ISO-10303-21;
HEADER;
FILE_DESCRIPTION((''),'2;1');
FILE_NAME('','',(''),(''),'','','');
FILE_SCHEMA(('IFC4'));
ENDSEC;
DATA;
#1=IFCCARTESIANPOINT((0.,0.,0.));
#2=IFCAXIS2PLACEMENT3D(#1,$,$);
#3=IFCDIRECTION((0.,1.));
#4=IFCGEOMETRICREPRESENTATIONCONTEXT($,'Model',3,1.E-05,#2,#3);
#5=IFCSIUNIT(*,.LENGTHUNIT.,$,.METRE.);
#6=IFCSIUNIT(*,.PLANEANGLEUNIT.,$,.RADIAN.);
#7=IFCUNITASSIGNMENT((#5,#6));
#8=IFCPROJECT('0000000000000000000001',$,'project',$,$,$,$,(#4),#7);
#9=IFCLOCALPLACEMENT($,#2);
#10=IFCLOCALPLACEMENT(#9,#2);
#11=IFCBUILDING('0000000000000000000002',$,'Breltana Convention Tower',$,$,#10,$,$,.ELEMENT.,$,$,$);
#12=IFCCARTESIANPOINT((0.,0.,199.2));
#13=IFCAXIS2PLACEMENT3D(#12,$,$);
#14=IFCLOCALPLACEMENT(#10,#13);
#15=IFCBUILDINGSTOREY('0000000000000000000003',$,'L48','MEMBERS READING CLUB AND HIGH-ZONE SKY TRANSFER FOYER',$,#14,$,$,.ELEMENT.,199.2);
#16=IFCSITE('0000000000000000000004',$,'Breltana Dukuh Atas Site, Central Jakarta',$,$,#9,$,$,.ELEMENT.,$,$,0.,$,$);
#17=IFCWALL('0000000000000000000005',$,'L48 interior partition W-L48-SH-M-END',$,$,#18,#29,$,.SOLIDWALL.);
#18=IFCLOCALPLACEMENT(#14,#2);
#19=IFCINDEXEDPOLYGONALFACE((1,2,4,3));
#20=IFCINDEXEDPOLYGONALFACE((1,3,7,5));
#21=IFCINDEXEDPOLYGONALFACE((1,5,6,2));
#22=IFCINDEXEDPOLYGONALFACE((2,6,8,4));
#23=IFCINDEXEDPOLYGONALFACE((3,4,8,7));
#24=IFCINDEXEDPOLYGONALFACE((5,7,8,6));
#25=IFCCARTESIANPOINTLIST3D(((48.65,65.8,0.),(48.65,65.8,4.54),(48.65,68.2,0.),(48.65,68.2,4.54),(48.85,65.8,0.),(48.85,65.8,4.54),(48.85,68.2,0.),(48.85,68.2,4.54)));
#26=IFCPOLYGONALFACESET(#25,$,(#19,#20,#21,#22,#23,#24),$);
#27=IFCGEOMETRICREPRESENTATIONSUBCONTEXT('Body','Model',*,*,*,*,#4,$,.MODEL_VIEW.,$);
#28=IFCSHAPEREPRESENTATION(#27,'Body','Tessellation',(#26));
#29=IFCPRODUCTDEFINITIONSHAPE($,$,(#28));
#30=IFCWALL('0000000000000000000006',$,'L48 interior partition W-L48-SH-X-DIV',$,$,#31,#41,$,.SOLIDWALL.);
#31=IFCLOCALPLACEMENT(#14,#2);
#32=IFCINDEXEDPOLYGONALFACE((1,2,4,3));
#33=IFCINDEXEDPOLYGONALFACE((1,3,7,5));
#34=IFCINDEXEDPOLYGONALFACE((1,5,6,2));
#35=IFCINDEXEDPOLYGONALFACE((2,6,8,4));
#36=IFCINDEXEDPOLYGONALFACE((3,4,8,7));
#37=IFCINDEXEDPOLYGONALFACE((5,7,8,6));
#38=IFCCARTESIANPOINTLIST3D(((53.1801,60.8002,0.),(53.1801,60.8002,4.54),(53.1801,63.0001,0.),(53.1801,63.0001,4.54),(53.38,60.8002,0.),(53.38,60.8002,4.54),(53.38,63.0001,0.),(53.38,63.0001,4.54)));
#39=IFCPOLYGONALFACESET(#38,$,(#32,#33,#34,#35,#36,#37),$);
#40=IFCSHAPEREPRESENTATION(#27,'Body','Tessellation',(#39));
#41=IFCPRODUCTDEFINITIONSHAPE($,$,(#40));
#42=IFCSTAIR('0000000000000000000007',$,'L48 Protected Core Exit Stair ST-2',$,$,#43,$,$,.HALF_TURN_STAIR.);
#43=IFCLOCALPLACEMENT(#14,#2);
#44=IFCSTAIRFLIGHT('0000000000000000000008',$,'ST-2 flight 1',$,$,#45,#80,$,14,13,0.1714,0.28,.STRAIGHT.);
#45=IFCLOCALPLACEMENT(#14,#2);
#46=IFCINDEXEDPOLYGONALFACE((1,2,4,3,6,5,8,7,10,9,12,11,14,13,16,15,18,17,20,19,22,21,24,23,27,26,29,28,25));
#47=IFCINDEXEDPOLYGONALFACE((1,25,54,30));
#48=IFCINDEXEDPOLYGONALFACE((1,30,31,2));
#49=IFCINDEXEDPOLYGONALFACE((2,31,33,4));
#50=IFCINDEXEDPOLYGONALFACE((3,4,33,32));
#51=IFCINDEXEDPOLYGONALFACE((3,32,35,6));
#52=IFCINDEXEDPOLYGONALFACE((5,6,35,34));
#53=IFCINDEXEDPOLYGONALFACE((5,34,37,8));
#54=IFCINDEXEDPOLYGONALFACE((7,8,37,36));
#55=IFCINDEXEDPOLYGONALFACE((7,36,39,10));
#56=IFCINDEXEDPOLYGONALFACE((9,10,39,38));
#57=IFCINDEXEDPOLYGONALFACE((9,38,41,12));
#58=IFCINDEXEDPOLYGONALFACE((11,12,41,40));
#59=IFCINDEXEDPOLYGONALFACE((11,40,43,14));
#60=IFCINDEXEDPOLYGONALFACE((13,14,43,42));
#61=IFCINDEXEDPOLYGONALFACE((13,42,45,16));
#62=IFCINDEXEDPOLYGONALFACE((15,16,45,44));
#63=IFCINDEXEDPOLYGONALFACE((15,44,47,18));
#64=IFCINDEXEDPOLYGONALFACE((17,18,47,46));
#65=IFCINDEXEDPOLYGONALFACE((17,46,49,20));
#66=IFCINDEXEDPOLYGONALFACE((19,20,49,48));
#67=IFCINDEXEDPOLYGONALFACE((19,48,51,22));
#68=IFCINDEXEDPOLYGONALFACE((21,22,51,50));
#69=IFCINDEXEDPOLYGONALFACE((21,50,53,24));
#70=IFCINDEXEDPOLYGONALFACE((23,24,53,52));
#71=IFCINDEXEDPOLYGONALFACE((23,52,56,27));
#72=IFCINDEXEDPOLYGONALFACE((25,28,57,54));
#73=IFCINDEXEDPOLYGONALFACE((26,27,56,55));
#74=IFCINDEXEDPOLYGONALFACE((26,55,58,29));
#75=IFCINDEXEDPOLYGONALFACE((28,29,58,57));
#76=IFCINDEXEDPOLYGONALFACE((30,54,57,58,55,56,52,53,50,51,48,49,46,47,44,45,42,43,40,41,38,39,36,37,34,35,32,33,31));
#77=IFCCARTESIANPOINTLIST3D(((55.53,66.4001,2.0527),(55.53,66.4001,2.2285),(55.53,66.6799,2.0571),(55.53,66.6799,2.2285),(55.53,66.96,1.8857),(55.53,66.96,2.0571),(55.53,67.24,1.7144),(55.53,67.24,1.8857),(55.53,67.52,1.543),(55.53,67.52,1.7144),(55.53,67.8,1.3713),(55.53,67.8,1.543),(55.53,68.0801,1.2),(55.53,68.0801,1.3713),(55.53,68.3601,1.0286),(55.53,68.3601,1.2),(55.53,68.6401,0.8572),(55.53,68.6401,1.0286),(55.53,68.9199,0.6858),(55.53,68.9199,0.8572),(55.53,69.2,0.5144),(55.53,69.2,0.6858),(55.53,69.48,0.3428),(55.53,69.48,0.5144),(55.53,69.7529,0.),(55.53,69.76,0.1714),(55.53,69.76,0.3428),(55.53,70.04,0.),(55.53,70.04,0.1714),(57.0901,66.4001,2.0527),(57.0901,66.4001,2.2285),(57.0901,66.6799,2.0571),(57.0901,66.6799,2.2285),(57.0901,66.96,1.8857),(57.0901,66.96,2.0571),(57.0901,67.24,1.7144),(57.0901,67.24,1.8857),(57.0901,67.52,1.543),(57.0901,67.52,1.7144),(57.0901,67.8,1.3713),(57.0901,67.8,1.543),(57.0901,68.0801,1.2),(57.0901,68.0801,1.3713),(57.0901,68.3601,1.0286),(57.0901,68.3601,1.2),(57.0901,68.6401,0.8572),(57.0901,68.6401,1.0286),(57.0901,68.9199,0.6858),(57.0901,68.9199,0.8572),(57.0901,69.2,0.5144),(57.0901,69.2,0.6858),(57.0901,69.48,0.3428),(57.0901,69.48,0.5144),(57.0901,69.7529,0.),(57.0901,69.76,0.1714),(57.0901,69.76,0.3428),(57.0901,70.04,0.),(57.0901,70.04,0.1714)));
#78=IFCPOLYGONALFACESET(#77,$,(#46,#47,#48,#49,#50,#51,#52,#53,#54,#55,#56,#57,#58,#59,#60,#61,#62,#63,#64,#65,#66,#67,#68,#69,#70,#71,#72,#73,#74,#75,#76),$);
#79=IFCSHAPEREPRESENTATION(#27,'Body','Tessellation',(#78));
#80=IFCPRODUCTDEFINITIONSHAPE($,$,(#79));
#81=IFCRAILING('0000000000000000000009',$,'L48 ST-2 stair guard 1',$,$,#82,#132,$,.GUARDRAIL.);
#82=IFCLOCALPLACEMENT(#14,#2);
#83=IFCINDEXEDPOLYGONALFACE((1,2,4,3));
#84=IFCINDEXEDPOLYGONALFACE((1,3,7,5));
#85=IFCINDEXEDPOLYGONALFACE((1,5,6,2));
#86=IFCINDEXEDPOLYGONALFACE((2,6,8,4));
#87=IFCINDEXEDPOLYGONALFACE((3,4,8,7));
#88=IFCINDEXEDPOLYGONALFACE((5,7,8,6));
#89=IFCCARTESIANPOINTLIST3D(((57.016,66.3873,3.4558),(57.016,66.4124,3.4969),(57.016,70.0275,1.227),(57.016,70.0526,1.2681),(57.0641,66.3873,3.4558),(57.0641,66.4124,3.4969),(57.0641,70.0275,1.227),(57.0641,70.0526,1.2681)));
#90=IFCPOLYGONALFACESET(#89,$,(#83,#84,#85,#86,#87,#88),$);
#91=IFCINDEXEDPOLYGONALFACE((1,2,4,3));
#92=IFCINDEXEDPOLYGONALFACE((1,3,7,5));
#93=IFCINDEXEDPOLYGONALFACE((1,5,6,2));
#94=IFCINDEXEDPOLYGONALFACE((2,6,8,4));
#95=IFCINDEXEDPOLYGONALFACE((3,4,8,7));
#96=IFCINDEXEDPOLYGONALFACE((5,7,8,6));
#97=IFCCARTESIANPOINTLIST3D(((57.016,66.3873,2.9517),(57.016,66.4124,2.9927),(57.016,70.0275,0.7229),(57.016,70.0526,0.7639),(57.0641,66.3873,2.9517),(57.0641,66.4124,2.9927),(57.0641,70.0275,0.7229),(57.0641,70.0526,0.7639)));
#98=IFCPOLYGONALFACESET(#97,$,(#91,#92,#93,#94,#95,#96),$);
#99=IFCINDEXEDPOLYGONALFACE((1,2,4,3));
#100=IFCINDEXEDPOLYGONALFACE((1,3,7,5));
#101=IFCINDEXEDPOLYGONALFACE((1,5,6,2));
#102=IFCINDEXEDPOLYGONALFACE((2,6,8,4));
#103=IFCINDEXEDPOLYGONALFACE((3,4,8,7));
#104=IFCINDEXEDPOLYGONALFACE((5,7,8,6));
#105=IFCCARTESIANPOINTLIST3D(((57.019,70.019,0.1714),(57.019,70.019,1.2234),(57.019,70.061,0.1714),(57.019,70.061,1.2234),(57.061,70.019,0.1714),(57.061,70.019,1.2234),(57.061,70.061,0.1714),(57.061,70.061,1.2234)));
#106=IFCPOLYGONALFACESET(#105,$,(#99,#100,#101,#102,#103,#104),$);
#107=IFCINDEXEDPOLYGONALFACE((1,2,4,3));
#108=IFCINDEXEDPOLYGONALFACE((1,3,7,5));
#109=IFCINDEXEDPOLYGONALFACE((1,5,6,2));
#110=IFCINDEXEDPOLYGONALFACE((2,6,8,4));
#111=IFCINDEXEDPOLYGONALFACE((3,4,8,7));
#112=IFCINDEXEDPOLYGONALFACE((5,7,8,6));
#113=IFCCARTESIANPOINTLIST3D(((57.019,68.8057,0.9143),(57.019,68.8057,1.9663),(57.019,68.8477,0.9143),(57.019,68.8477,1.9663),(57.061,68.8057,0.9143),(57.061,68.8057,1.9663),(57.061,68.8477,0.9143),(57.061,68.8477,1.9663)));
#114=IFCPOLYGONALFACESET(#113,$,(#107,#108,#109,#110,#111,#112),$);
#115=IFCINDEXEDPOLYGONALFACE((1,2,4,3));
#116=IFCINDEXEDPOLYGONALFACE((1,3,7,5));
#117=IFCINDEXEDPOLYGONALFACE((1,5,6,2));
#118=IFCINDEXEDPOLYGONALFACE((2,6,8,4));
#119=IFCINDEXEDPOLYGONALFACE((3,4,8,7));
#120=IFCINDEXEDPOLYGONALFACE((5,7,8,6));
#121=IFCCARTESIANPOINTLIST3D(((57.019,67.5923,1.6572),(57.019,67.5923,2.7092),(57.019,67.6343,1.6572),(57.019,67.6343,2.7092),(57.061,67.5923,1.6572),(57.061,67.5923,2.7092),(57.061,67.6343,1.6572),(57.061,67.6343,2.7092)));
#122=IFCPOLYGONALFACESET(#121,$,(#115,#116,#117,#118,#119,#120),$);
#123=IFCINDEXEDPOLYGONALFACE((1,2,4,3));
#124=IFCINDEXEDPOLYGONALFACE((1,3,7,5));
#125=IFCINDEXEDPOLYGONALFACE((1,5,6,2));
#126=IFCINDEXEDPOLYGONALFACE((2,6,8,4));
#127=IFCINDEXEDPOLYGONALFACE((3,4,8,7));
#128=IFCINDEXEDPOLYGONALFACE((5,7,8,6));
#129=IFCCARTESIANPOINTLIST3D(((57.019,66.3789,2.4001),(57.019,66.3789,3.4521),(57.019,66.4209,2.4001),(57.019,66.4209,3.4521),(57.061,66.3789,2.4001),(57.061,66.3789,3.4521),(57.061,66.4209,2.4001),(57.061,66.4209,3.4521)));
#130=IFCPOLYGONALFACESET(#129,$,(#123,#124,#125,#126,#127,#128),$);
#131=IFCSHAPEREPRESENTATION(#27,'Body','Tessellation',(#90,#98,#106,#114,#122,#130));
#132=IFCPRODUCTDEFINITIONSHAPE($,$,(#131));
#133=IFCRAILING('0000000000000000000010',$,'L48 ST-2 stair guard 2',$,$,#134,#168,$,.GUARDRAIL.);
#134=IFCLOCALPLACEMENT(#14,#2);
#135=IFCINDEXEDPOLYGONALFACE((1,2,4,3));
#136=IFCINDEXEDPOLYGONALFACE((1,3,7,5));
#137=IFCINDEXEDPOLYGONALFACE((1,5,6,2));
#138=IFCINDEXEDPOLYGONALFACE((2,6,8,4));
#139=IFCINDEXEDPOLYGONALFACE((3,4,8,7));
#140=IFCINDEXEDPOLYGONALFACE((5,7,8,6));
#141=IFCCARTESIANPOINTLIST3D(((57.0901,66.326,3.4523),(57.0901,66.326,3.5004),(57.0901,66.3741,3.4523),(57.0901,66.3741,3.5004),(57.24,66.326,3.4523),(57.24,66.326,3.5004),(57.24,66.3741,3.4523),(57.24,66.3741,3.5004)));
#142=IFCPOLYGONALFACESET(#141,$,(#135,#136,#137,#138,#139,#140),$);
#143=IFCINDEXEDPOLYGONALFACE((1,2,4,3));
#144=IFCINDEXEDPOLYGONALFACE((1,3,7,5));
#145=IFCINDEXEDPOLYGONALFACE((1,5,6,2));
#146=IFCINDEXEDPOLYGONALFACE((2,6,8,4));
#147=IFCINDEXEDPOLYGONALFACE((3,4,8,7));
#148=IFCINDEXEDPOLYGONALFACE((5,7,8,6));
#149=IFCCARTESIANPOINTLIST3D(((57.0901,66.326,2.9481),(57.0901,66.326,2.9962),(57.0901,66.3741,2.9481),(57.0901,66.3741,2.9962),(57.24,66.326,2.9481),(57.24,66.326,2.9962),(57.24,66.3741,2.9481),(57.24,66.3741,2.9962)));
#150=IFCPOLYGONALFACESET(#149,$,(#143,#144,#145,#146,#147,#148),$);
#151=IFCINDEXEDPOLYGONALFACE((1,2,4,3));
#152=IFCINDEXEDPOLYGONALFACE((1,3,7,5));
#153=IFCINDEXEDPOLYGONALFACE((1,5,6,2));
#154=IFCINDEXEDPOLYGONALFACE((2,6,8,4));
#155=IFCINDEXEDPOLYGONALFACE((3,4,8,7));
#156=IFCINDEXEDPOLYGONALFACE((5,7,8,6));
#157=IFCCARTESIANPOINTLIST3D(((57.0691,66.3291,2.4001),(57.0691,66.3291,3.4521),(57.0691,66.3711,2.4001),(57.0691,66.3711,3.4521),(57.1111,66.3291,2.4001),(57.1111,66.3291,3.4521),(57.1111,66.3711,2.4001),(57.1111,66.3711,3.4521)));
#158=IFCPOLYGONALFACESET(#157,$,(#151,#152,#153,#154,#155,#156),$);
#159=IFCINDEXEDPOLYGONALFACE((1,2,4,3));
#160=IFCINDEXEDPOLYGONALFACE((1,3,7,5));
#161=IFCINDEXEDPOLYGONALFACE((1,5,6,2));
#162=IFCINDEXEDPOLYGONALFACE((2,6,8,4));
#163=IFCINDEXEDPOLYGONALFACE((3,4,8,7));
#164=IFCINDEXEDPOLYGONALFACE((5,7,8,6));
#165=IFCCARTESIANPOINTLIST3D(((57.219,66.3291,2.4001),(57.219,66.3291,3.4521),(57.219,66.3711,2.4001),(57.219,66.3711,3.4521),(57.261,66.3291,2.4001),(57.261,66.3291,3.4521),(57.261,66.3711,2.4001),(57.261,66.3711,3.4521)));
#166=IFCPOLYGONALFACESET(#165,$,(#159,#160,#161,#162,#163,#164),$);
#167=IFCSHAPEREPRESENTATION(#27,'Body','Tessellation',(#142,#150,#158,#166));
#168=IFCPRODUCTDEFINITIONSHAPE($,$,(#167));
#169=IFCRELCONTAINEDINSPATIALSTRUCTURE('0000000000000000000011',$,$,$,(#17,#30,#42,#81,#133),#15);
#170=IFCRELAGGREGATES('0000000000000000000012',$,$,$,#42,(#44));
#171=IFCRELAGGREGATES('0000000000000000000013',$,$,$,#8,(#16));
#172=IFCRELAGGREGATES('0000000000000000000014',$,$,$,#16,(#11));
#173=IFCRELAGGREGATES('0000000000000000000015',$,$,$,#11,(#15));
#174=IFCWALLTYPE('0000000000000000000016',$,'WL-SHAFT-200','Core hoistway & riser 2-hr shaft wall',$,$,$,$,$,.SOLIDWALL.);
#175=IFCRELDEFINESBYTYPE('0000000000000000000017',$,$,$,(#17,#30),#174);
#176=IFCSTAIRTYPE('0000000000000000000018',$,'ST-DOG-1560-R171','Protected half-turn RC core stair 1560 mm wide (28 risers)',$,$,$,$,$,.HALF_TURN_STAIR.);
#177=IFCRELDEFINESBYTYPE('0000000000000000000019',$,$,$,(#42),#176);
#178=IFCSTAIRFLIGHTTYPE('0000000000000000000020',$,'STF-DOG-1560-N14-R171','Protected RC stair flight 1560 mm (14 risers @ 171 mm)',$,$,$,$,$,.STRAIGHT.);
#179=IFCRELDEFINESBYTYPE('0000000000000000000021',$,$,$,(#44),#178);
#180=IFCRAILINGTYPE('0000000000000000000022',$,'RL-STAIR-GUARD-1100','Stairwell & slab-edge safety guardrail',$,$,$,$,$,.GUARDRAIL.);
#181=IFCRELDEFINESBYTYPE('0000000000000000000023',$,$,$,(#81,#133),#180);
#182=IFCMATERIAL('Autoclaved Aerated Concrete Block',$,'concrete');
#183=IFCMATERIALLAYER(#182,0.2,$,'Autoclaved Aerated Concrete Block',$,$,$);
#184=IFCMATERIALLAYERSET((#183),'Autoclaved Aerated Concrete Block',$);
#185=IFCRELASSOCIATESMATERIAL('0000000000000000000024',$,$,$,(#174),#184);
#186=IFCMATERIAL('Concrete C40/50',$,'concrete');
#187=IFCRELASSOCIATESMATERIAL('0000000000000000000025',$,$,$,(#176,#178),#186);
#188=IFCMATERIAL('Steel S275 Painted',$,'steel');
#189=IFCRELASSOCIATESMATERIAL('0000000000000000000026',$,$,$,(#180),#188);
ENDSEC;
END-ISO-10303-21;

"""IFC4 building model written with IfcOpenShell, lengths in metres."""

from ifc_helpers import new_model, si_unit, direction, frame, frame_2d, origin, origin_2d, place, context, subcontext, project, spatial, polyline, rectangle, outline, extrude, source, transform, mapped, material, layer, layer_set, type_object, element, aggregate, save


model = new_model("IFC4")

# Units and contexts
model_context = context("Model", 3, precision=1e-05, world=origin(), true_north=direction((0.0, 1.0)))
body_context = subcontext(model_context, "Body", "Model", "MODEL_VIEW")
ifc_project = project(units=[si_unit("LENGTHUNIT", "METRE"), si_unit("PLANEANGLEUNIT", "RADIAN")], contexts=[model_context])

# Site, building, storey
site_placement = place(None, origin())
site = spatial("IfcSite", under=ifc_project, at=site_placement, Name="Breltana Dukuh Atas Site, Central Jakarta", CompositionType="ELEMENT", RefElevation=0.0)
building_placement = place(site_placement, origin())
building = spatial("IfcBuilding", under=site, at=building_placement, Name="Breltana Convention Tower", CompositionType="ELEMENT")
storey_placement = place(building_placement, frame((0.0, 0.0, 199.2)))
storey = spatial("IfcBuildingStorey", under=building, at=storey_placement, Name="L48", Description="MEMBERS READING CLUB AND HIGH-ZONE SKY TRANSFER FOYER", CompositionType="ELEMENT", Elevation=199.2)

# Shared definitions
ifc_material_1 = material(Name="Autoclaved Aerated Concrete Block", Category="concrete")
ifc_layer_1 = layer(ifc_material_1, 0.2, Name="Autoclaved Aerated Concrete Block")
ifc_layer_set_1 = layer_set([ifc_layer_1], Name="Autoclaved Aerated Concrete Block")
wall_type_1 = type_object("IfcWallType", Name="WL-SHAFT-200", Description="Core hoistway & riser 2-hr shaft wall", PredefinedType="SOLIDWALL", material=ifc_layer_set_1)

# Wall
shared_shape_1 = source(origin(), body_context, "Body", "SweptSolid", [
    extrude(rectangle(XDim=2.3999, YDim=0.2, at=frame_2d((1.2, 0.0))), origin(), (0.0, 0.0, 1.0), 4.54),
])
for number, where, z_axis, x_axis, name in (
    (1, (48.75, 65.8, 0.0), (0.0, 0.0, 1.0), (0.0, 1.0, 0.0), "L48 interior partition W-L48-SH-M-END"),
):
    element("IfcWall", number, at=place(storey_placement, frame(where, z_axis=z_axis, x_axis=x_axis)), inside=storey, type_object=wall_type_1, Name=name, PredefinedType="SOLIDWALL", context=body_context, shape_type="MappedRepresentation", body=[
        mapped(shared_shape_1, transform((0.0, 0.0, 0.0), scale=1.0)),
    ])

# Wall
shared_shape_2 = source(origin(), body_context, "Body", "SweptSolid", [
    extrude(rectangle(XDim=2.2, YDim=0.2, at=frame_2d((1.1001, 0.0))), origin(), (0.0, 0.0, 1.0), 4.54),
])
wall_1_placement = place(storey_placement, frame((53.28, 60.8, 0.0), z_axis=(0.0, 0.0, 1.0), x_axis=(0.0, 1.0, 0.0)))
element("IfcWall", 2, at=wall_1_placement, inside=storey, type_object=wall_type_1, Name="L48 interior partition W-L48-SH-X-DIV", PredefinedType="SOLIDWALL", context=body_context, shape_type="MappedRepresentation", body=[
    mapped(shared_shape_2, transform((0.0, 0.0, 0.0), scale=1.0)),
])

# Stair, stair flight
ifc_material_2 = material(Name="Concrete C40/50", Category="concrete")
stair_type = type_object("IfcStairType", Name="ST-DOG-1560-R171", Description="Protected half-turn RC core stair 1560 mm wide (28 risers)", PredefinedType="HALF_TURN_STAIR", material=ifc_material_2)
stair_placement = place(storey_placement, origin())
stair = element("IfcStair", 3, at=stair_placement, inside=storey, type_object=stair_type, Name="L48 Protected Core Exit Stair ST-2", PredefinedType="HALF_TURN_STAIR")
stair_flight_type = type_object("IfcStairFlightType", Name="STF-DOG-1560-N14-R171", Description="Protected RC stair flight 1560 mm (14 risers @ 171 mm)", PredefinedType="STRAIGHT", material=ifc_material_2)
stair_flight_placement = place(storey_placement, frame((56.3101, 70.04, 0.0), z_axis=(0.0, 0.0, 1.0), x_axis=(0.0, -1.0, 0.0)))
stair_flight = element("IfcStairFlight", 4, at=stair_flight_placement, type_object=stair_flight_type, Name="ST-2 flight 1", NumberOfRisers=14, NumberOfTreads=13, PredefinedType="STRAIGHT", RiserHeight=0.1714, TreadLength=0.28, context=body_context, shape_type="SweptSolid", body=[
    extrude(outline(polyline([(0.0, 0.0), (0.0, 0.1714), (0.28, 0.1714), (0.28, 0.3428), (0.5601, 0.3428), (0.5601, 0.5144), (0.8401, 0.5144), (0.8401, 0.6858), (1.1201, 0.6858), (1.1201, 0.8572), (1.3999, 0.8572), (1.3999, 1.0286), (1.6799, 1.0286), (1.6799, 1.2), (1.96, 1.2), (1.96, 1.3713), (2.24, 1.3713), (2.24, 1.543), (2.52, 1.543), (2.52, 1.7144), (2.8, 1.7144), (2.8, 1.8857), (3.0801, 1.8857), (3.0801, 2.0571), (3.3601, 2.0571), (3.3601, 2.2285), (3.6399, 2.2285), (3.6399, 2.3999), (3.6399, 2.0527), (0.2871, 0.0), (0.0, 0.0)])), frame((0.0, 0.78, 0.0), z_axis=(0.0, -1.0, 0.0), x_axis=(1.0, 0.0, 0.0)), (0.0, 0.0, 1.0), 1.5601),
])
aggregate(stair, [stair_flight])

# Railings
ifc_material_3 = material(Name="Steel S275 Painted", Category="steel")
railing_type_1 = type_object("IfcRailingType", Name="RL-STAIR-GUARD-1100", Description="Stairwell & slab-edge safety guardrail", PredefinedType="GUARDRAIL", material=ifc_material_3)
railing_1_placement = place(storey_placement, frame((57.04, 70.04, 0.1714)))
element("IfcRailing", 5, at=railing_1_placement, inside=storey, type_object=railing_type_1, Name="L48 ST-2 stair guard 1", PredefinedType="GUARDRAIL", context=body_context, shape_type="SweptSolid", body=[
    extrude(rectangle(XDim=0.0481, YDim=0.0481, at=origin_2d()), frame((0.0, 0.0, 1.0762), z_axis=(0.0, -0.85284, 0.522172), x_axis=(1.0, 0.0, 0.0)), (0.0, 0.0, 1.0), 4.2683),
    extrude(rectangle(XDim=0.0481, YDim=0.0481, at=origin_2d()), frame((0.0, 0.0, 0.572), z_axis=(0.0, -0.85284, 0.522172), x_axis=(1.0, 0.0, 0.0)), (0.0, 0.0, 1.0), 4.2683),
    extrude(rectangle(XDim=0.042, YDim=0.042, at=origin_2d()), origin(), (0.0, 0.0, 1.0), 1.052),
    extrude(rectangle(XDim=0.042, YDim=0.042, at=origin_2d()), frame((0.0, -1.2134, 0.7429)), (0.0, 0.0, 1.0), 1.052),
    extrude(rectangle(XDim=0.042, YDim=0.042, at=origin_2d()), frame((0.0, -2.4268, 1.4858)), (0.0, 0.0, 1.0), 1.052),
    extrude(rectangle(XDim=0.042, YDim=0.042, at=origin_2d()), frame((0.0, -3.6401, 2.2288)), (0.0, 0.0, 1.0), 1.052),
])
railing_2_placement = place(storey_placement, frame((57.0901, 66.3501, 2.4001)))
element("IfcRailing", 6, at=railing_2_placement, inside=storey, type_object=railing_type_1, Name="L48 ST-2 stair guard 2", PredefinedType="GUARDRAIL", context=body_context, shape_type="SweptSolid", body=[
    extrude(rectangle(XDim=0.0481, YDim=0.0481, at=origin_2d()), frame((0.0, 0.0, 1.0762), z_axis=(1.0, 0.0, 0.0), x_axis=(0.0, 1.0, 0.0)), (0.0, 0.0, 1.0), 0.1499),
    extrude(rectangle(XDim=0.0481, YDim=0.0481, at=origin_2d()), frame((0.0, 0.0, 0.572), z_axis=(1.0, 0.0, 0.0), x_axis=(0.0, 1.0, 0.0)), (0.0, 0.0, 1.0), 0.1499),
    extrude(rectangle(XDim=0.042, YDim=0.042, at=origin_2d()), origin(), (0.0, 0.0, 1.0), 1.052),
    extrude(rectangle(XDim=0.042, YDim=0.042, at=origin_2d()), frame((0.1499, 0.0, 0.0)), (0.0, 0.0, 1.0), 1.052),
])

save(model, "model.ifc")
